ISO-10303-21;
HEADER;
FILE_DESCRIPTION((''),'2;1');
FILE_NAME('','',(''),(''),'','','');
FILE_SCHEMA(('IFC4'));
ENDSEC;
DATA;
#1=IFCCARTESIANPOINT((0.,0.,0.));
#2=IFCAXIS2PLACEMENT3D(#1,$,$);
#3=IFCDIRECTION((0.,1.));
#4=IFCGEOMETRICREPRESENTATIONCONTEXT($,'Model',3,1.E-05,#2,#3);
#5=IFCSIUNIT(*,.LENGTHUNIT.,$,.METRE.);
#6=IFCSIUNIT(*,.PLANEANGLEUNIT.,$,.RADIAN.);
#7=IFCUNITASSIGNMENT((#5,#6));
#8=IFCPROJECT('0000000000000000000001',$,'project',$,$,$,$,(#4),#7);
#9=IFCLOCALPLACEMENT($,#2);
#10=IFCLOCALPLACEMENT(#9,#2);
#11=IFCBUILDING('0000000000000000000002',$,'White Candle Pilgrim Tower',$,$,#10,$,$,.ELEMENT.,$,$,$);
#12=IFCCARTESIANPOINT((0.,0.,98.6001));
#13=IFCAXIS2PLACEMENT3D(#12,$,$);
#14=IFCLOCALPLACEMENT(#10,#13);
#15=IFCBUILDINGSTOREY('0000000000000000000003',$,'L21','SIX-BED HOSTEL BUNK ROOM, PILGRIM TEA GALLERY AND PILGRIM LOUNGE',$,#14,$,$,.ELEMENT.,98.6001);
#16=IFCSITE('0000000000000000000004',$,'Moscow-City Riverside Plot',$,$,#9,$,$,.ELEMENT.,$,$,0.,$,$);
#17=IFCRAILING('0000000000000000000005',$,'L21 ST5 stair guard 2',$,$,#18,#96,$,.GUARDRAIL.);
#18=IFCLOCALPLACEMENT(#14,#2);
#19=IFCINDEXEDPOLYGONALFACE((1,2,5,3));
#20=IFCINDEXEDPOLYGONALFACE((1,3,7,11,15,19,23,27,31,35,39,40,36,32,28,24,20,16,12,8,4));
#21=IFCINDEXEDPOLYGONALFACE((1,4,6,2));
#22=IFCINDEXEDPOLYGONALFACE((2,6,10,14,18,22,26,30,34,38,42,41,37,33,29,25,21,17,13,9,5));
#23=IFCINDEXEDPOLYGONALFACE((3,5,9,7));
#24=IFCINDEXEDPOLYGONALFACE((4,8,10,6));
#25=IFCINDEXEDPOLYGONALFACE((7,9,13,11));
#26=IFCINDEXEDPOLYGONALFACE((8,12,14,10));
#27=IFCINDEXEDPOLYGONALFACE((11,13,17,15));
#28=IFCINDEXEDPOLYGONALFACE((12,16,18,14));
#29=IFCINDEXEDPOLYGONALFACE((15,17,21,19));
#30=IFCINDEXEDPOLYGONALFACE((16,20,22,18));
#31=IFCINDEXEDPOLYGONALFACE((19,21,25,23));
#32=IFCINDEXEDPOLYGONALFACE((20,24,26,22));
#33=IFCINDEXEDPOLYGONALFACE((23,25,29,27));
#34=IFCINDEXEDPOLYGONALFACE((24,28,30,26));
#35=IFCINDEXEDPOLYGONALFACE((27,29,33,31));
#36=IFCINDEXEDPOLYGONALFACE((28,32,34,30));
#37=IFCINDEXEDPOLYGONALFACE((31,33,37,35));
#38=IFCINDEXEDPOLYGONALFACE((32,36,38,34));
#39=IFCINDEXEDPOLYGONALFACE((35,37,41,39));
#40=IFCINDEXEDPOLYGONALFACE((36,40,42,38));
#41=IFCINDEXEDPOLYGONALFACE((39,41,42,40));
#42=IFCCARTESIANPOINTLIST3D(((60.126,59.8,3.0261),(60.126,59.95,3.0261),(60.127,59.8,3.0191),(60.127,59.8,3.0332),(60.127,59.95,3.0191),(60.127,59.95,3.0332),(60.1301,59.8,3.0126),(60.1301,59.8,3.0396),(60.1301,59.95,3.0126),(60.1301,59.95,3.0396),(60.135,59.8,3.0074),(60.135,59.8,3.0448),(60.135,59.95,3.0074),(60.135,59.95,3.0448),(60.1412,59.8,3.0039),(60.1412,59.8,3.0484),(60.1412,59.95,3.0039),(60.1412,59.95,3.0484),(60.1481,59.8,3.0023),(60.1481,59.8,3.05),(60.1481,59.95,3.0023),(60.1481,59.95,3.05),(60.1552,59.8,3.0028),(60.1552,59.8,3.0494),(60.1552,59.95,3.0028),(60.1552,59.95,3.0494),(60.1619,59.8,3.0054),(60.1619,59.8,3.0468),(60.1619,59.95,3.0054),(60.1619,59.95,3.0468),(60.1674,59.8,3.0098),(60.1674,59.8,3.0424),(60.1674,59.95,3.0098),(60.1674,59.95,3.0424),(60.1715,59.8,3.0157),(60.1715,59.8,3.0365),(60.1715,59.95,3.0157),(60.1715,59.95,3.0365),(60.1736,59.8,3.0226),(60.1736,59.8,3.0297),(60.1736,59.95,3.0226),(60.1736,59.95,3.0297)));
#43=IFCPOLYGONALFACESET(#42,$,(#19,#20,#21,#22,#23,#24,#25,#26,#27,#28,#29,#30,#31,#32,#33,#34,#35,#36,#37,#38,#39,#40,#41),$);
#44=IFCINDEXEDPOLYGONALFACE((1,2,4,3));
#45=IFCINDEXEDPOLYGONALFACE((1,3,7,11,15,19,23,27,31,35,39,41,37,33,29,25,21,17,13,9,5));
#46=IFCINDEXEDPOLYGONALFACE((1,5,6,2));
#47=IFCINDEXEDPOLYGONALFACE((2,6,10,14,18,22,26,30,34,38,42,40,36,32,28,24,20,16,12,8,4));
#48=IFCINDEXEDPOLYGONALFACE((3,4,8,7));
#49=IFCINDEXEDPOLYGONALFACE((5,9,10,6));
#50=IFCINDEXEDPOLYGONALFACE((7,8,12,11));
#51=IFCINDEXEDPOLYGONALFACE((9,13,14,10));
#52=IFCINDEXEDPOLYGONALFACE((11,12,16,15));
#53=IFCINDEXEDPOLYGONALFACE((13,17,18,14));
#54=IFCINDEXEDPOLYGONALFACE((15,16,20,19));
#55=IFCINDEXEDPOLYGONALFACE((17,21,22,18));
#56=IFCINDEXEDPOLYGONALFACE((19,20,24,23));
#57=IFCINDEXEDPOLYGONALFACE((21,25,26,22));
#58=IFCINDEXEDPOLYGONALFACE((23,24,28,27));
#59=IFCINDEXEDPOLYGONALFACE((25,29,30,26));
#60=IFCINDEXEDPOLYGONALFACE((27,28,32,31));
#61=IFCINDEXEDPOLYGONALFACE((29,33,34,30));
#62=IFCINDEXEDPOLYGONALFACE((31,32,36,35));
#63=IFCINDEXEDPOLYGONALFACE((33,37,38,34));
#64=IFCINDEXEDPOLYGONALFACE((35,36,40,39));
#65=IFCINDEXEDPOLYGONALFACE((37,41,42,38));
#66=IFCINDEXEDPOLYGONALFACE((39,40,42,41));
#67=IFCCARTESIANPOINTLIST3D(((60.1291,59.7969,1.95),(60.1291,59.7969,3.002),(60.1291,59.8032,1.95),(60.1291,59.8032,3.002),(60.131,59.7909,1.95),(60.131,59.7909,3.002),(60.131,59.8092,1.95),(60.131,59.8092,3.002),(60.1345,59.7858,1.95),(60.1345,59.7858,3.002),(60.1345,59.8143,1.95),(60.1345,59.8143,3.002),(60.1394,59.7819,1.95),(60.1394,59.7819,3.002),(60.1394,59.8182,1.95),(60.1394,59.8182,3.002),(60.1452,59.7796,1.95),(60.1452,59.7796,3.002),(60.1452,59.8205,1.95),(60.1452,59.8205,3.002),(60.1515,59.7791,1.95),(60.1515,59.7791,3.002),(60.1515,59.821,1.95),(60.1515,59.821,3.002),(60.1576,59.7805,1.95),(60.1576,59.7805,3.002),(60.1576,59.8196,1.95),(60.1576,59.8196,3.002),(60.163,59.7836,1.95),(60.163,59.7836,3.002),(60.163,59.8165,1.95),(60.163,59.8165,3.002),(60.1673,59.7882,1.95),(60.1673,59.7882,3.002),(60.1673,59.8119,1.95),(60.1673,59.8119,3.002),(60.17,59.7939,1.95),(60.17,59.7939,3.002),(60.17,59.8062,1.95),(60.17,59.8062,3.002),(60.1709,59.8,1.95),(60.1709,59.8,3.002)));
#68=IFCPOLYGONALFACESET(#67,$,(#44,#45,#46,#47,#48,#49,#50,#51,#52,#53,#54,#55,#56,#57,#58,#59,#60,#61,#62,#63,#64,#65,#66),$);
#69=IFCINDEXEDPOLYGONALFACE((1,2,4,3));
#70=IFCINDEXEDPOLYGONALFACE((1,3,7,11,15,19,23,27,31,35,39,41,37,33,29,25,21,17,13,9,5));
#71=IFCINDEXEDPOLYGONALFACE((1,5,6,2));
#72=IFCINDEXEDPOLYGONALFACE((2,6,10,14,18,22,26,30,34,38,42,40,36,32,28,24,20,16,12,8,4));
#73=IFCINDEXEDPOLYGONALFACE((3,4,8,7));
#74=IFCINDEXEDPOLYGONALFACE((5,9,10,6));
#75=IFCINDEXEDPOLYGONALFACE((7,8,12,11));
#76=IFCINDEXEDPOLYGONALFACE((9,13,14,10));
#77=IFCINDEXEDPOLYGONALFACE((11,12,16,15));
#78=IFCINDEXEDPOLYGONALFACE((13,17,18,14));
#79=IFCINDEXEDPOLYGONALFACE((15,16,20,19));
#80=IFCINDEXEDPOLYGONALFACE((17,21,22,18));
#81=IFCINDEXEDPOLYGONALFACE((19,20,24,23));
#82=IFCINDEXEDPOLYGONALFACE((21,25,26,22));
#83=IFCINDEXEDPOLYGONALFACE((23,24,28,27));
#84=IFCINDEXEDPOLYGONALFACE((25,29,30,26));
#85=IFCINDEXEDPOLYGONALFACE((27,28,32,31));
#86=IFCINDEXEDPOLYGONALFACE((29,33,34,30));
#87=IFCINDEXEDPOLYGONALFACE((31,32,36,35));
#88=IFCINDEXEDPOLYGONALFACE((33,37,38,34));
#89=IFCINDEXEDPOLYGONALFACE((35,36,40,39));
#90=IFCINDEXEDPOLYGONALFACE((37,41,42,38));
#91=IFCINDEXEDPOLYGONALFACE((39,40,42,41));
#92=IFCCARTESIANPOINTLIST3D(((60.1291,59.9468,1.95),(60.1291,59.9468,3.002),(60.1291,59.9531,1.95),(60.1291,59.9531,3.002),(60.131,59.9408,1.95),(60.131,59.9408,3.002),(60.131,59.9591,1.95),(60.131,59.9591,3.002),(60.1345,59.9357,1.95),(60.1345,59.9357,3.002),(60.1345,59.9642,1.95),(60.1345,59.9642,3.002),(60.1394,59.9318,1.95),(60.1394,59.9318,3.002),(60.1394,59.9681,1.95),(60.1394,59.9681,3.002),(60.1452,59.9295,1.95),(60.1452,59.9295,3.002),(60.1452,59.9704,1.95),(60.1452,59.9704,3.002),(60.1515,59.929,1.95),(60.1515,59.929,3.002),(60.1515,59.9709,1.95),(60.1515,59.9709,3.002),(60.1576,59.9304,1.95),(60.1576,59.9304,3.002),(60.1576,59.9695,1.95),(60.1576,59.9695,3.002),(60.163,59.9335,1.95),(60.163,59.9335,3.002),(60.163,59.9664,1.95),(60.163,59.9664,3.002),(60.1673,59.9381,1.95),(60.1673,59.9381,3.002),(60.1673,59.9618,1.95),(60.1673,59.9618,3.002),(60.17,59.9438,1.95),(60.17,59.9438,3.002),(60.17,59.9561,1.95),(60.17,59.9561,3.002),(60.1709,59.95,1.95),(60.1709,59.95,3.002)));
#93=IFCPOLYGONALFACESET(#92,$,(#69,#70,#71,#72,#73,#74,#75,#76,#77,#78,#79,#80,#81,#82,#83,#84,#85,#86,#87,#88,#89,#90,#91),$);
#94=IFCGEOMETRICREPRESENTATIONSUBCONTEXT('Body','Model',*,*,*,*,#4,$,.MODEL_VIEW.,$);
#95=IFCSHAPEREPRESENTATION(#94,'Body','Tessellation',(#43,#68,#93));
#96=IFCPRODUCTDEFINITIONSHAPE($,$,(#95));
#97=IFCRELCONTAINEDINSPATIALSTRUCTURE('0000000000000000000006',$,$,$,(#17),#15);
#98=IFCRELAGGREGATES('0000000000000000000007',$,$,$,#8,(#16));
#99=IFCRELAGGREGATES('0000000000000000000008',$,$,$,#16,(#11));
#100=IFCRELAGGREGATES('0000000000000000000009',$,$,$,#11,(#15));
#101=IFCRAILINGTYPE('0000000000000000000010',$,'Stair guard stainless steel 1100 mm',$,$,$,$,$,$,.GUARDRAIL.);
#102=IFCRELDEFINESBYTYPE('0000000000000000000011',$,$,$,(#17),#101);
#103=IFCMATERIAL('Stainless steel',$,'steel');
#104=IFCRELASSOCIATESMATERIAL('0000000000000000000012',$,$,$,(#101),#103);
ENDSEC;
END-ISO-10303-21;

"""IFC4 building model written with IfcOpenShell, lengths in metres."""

from ifc_helpers import new_model, si_unit, direction, frame, origin, origin_2d, place, context, subcontext, project, spatial, circle, extrude, material, type_object, element, save


model = new_model("IFC4")

# Units and contexts
model_context = context("Model", 3, precision=1e-05, world=origin(), true_north=direction((0.0, 1.0)))
body_context = subcontext(model_context, "Body", "Model", "MODEL_VIEW")
ifc_project = project(units=[si_unit("LENGTHUNIT", "METRE"), si_unit("PLANEANGLEUNIT", "RADIAN")], contexts=[model_context])

# Site, building, storey
site_placement = place(None, origin())
site = spatial("IfcSite", under=ifc_project, at=site_placement, Name="Moscow-City Riverside Plot", CompositionType="ELEMENT", RefElevation=0.0)
building_placement = place(site_placement, origin())
building = spatial("IfcBuilding", under=site, at=building_placement, Name="White Candle Pilgrim Tower", CompositionType="ELEMENT")
storey_placement = place(building_placement, frame((0.0, 0.0, 98.6001)))
storey = spatial("IfcBuildingStorey", under=building, at=storey_placement, Name="L21", Description="SIX-BED HOSTEL BUNK ROOM, PILGRIM TEA GALLERY AND PILGRIM LOUNGE", CompositionType="ELEMENT", Elevation=98.6001)

# Railing
ifc_material_1 = material(Name="Stainless steel", Category="steel")
railing_type_1 = type_object("IfcRailingType", Name="Stair guard stainless steel 1100 mm", PredefinedType="GUARDRAIL", material=ifc_material_1)
railing_1_placement = place(storey_placement, frame((60.1499, 59.8, 1.95)))
element("IfcRailing", 1, at=railing_1_placement, inside=storey, type_object=railing_type_1, Name="L21 ST5 stair guard 2", PredefinedType="GUARDRAIL", context=body_context, shape_type="SweptSolid", body=[
    extrude(circle(Radius=0.0239, at=origin_2d()), frame((0.0, 0.0, 1.0762), z_axis=(0.0, 1.0, 0.0), x_axis=(-1.0, 0.0, 0.0)), (0.0, 0.0, 1.0), 0.1499),
    extrude(circle(Radius=0.021, at=origin_2d()), origin(), (0.0, 0.0, 1.0), 1.052),
    extrude(circle(Radius=0.021, at=origin_2d()), frame((0.0, 0.1499, 0.0)), (0.0, 0.0, 1.0), 1.052),
])

save(model, "model.ifc")
